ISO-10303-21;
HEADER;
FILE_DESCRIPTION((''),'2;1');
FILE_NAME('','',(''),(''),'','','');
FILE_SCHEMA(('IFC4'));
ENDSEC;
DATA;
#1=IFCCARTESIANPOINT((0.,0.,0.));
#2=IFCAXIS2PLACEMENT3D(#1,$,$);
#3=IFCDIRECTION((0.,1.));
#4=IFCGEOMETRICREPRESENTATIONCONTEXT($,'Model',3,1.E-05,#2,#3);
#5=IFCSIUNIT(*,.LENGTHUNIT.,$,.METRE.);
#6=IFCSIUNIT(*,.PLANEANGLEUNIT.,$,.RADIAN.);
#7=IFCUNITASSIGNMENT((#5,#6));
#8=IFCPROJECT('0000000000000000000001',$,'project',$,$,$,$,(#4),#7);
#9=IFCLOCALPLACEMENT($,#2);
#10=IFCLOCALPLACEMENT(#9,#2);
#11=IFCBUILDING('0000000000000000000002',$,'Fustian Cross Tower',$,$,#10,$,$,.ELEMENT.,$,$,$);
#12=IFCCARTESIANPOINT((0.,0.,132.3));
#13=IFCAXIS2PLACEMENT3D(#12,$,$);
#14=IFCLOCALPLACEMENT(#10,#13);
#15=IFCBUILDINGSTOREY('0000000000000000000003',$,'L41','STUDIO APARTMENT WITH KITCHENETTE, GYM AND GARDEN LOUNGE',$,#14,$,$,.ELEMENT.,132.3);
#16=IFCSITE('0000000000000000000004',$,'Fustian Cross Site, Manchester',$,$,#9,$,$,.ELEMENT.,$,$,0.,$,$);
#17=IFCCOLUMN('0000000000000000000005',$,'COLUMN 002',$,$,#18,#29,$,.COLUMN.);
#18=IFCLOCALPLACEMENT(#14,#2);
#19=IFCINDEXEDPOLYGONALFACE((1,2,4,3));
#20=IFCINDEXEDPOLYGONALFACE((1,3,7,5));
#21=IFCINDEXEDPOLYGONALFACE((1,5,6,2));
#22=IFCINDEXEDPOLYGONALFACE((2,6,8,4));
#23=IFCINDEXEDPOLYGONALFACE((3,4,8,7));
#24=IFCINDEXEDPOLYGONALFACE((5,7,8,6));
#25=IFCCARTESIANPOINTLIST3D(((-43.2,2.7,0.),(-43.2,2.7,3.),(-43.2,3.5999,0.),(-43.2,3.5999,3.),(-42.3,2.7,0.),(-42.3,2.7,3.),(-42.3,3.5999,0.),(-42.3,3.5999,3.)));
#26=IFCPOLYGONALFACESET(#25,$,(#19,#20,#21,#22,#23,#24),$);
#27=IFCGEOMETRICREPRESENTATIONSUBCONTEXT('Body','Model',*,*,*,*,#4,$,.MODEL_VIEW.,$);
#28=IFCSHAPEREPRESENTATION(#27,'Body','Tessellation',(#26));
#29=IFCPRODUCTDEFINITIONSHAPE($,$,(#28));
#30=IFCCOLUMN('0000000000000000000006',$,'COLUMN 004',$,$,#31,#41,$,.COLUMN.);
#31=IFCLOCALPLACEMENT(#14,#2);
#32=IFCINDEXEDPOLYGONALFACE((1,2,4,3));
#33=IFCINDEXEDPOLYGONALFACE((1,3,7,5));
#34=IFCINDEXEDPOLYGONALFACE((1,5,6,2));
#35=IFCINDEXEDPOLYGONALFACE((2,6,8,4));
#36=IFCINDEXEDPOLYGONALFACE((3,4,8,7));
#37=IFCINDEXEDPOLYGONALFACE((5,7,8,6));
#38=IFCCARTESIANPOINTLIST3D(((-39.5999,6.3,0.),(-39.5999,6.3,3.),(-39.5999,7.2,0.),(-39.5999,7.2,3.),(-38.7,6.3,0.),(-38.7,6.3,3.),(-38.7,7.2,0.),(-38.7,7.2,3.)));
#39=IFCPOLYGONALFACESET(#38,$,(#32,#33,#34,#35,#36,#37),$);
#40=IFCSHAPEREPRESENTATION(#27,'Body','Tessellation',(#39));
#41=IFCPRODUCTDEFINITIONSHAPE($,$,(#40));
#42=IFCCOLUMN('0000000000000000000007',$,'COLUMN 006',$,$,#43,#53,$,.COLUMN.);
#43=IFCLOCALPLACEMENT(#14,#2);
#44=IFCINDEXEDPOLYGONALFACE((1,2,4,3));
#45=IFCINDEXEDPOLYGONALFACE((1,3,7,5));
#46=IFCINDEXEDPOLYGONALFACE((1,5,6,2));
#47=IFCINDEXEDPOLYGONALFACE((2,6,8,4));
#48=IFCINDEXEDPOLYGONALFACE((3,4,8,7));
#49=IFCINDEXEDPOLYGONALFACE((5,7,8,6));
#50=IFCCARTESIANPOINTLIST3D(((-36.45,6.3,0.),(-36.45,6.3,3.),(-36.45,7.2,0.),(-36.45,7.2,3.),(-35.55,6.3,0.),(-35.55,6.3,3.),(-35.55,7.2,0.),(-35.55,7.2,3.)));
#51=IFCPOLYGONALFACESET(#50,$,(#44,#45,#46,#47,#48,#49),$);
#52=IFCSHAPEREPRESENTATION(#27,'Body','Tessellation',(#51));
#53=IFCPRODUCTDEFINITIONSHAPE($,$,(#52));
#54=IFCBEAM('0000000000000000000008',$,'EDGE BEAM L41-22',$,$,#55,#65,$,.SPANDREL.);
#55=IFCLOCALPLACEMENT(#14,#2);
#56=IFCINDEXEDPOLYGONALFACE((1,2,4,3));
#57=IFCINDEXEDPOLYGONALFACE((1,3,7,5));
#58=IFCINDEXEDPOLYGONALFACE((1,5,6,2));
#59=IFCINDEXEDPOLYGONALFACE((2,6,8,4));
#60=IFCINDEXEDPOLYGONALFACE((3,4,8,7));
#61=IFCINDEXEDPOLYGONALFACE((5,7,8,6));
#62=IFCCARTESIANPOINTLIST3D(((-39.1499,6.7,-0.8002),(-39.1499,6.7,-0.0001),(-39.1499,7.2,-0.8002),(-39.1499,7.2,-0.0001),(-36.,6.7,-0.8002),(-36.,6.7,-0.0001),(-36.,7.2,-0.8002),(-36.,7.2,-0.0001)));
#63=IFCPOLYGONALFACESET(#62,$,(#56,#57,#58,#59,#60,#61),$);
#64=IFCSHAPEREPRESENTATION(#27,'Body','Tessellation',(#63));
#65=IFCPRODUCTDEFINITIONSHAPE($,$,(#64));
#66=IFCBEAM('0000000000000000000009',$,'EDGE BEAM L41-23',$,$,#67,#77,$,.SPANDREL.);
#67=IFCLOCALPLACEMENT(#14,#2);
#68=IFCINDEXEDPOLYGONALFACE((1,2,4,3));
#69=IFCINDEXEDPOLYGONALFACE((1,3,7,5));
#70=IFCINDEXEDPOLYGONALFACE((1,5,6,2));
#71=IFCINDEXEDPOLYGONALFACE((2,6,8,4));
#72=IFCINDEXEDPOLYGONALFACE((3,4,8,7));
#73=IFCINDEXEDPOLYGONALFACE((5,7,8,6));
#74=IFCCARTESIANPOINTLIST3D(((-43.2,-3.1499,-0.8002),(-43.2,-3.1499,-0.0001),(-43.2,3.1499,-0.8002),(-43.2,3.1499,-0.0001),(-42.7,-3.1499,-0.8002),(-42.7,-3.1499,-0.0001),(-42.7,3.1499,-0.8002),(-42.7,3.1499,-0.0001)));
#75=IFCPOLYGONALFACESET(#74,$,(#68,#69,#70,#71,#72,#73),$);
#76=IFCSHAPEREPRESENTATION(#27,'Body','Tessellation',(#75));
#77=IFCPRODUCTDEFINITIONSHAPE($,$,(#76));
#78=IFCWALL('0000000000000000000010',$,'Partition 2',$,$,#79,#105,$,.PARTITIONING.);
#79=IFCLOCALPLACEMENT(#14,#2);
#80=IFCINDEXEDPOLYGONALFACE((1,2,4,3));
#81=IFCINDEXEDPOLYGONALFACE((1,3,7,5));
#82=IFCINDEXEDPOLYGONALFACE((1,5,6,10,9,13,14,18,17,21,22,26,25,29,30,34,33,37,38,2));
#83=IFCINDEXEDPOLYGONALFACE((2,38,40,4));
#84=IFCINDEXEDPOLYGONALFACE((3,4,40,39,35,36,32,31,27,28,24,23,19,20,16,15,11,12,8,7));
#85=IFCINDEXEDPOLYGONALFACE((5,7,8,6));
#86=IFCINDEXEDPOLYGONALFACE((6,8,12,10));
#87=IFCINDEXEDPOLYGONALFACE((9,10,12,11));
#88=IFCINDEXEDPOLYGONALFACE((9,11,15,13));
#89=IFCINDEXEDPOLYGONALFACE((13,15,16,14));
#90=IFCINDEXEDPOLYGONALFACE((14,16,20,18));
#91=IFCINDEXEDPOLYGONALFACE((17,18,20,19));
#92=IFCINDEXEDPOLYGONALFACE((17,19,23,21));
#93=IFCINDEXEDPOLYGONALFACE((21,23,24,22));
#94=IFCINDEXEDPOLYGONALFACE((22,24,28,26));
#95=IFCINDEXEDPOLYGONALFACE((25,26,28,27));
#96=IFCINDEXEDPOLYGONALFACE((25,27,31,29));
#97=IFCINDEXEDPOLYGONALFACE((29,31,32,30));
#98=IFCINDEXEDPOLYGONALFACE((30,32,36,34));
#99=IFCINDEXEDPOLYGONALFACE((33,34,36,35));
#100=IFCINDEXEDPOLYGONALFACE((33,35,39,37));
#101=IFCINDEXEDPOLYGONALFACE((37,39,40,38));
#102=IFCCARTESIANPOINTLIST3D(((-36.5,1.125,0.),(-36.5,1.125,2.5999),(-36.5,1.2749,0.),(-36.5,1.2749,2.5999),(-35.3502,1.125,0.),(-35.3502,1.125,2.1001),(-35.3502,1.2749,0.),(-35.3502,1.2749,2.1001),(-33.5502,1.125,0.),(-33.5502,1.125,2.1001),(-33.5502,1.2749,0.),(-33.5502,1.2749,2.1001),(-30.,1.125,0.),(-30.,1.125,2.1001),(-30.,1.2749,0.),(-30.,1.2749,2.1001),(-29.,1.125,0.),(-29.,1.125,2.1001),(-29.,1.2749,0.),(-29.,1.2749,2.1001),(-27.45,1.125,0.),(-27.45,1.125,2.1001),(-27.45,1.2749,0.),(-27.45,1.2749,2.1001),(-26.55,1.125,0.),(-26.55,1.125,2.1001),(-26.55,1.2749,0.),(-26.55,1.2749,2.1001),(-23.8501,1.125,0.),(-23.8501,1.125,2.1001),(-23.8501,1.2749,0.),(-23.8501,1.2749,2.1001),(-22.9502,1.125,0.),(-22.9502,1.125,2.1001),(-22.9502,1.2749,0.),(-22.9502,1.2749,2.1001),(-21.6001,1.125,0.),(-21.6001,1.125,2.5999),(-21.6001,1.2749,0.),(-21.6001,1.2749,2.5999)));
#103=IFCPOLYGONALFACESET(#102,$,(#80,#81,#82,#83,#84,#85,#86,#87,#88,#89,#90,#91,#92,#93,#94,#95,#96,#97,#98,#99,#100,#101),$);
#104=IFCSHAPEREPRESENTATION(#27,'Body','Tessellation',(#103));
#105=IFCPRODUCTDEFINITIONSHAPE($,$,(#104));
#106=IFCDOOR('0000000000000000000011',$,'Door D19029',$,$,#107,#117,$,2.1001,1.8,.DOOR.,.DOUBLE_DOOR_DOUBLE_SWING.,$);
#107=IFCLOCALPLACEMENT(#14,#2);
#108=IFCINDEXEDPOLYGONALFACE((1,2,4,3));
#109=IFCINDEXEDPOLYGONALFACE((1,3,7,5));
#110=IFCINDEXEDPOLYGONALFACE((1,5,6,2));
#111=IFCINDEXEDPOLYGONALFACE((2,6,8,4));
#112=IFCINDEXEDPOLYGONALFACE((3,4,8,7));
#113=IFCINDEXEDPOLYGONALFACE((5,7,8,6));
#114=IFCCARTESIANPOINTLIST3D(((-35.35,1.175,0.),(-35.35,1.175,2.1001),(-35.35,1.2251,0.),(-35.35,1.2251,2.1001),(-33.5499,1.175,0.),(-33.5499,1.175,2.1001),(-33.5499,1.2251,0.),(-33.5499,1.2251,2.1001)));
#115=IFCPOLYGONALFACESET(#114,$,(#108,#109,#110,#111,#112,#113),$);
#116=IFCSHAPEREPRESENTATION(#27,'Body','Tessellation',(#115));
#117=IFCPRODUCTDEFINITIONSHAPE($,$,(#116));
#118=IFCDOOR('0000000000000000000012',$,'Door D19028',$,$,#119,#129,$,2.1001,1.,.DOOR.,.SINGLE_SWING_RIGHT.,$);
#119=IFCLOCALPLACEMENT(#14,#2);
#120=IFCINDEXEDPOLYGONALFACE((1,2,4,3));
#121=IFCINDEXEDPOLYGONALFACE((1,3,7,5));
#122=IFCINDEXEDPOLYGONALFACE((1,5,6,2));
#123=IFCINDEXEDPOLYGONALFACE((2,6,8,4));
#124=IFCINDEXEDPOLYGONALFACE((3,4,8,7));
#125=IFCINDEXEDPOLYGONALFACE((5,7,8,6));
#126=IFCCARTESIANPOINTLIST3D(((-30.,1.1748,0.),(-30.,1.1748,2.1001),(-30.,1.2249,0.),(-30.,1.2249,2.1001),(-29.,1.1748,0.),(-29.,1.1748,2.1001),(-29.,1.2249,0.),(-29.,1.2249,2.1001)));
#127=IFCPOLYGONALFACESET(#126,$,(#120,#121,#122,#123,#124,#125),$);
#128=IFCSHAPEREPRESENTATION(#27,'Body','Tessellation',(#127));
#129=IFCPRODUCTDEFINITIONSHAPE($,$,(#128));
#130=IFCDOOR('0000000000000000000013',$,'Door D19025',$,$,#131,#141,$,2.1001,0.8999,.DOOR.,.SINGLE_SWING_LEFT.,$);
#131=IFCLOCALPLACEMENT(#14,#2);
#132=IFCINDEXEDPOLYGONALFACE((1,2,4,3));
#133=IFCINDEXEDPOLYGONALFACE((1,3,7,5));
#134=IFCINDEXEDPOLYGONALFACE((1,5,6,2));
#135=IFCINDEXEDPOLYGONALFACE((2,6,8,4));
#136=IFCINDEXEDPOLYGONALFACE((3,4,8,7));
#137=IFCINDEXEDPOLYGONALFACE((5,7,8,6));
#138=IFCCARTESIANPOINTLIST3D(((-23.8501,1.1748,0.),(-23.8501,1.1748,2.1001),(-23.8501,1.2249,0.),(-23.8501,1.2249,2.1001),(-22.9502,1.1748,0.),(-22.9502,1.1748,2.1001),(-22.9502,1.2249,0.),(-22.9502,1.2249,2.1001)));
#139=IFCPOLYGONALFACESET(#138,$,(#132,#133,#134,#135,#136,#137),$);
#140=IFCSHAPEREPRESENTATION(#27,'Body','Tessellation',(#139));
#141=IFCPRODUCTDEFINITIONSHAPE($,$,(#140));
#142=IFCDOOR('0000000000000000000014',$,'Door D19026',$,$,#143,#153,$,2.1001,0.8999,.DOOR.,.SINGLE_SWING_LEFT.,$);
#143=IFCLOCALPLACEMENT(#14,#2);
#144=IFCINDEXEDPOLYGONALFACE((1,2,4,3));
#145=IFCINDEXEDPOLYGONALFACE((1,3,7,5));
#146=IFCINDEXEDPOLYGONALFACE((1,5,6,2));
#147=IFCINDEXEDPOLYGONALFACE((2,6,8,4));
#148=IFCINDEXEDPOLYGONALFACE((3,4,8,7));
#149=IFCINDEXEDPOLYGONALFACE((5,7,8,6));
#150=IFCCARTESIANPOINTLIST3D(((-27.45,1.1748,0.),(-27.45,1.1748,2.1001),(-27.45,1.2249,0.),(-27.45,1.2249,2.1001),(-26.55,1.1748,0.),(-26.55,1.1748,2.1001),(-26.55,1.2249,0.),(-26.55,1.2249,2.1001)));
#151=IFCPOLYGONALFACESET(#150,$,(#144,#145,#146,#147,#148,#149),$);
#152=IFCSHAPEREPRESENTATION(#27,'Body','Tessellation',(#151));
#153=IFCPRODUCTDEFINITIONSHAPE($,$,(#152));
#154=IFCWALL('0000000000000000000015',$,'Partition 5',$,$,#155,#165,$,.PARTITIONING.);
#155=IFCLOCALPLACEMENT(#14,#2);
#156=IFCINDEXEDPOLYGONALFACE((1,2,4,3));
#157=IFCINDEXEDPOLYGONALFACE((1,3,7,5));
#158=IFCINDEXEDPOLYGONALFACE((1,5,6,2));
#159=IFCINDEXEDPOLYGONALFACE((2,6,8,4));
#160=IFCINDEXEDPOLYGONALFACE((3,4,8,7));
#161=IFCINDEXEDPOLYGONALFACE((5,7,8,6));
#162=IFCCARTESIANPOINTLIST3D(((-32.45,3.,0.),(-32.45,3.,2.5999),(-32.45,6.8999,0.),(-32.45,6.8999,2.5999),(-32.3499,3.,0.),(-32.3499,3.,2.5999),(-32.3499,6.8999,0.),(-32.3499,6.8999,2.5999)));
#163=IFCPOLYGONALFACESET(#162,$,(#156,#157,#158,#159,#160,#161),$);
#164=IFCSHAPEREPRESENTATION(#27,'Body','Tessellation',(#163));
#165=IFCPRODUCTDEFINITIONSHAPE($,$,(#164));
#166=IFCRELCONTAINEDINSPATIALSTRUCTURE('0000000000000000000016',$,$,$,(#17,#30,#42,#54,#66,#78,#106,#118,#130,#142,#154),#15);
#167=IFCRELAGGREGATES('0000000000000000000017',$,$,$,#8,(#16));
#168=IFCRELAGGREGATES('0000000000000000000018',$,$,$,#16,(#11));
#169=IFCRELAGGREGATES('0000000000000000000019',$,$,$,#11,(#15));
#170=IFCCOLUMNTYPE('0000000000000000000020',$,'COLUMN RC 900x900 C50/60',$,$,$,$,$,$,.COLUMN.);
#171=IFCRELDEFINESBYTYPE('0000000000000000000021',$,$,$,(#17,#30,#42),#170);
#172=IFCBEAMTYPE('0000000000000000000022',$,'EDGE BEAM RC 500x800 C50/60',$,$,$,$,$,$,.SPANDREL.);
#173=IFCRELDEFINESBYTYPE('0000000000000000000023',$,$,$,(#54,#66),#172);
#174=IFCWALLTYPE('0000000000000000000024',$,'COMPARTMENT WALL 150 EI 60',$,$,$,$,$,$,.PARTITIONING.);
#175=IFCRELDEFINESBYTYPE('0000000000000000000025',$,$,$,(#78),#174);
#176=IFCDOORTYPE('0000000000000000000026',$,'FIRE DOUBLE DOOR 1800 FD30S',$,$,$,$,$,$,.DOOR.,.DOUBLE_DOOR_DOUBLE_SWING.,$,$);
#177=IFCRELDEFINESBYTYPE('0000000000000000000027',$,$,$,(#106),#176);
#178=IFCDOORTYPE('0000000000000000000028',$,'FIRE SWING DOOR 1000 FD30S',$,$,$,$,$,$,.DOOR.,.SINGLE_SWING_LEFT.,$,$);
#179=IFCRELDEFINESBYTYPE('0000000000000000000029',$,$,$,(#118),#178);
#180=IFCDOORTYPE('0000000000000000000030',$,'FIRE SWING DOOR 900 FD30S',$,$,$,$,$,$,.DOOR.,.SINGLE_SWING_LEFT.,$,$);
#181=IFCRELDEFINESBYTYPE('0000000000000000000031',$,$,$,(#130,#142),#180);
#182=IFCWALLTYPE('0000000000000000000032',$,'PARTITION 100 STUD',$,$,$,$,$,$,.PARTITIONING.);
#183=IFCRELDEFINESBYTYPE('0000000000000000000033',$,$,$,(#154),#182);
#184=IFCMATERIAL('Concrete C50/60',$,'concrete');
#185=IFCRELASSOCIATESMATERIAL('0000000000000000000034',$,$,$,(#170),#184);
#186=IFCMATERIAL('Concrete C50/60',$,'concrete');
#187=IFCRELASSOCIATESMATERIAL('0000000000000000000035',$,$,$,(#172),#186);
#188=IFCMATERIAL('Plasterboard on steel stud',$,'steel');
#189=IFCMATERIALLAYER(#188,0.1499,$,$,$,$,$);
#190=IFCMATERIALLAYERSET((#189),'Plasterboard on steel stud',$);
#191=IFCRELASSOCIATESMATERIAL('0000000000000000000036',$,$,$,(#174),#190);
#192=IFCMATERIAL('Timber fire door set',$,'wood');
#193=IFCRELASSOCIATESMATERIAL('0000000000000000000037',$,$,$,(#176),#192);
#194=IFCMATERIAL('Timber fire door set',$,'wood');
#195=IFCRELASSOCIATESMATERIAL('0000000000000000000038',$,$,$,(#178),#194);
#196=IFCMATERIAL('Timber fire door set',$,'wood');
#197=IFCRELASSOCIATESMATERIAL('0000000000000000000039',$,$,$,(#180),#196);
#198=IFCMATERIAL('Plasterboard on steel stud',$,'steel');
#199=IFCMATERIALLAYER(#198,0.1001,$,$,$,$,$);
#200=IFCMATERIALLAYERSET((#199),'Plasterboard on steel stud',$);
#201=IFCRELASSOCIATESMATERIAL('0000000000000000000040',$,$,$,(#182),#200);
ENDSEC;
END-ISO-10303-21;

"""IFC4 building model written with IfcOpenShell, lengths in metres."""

from ifc_helpers import new_model, si_unit, direction, frame, frame_2d, origin, origin_2d, place, context, subcontext, project, spatial, rectangle, extrude, material, layer, layer_set, material_profile, profile_set, type_object, element, fill, save


model = new_model("IFC4")

# Units and contexts
model_context = context("Model", 3, precision=1e-05, world=origin(), true_north=direction((0.0, 1.0)))
body_context = subcontext(model_context, "Body", "Model", "MODEL_VIEW")
ifc_project = project(units=[si_unit("LENGTHUNIT", "METRE"), si_unit("PLANEANGLEUNIT", "RADIAN")], contexts=[model_context])

# Site, building, storey
site_placement = place(None, origin())
site = spatial("IfcSite", under=ifc_project, at=site_placement, Name="Fustian Cross Site, Manchester", CompositionType="ELEMENT", RefElevation=0.0)
building_placement = place(site_placement, origin())
building = spatial("IfcBuilding", under=site, at=building_placement, Name="Fustian Cross Tower", CompositionType="ELEMENT")
storey_placement = place(building_placement, frame((0.0, 0.0, 132.3)))
storey = spatial("IfcBuildingStorey", under=building, at=storey_placement, Name="L41", Description="STUDIO APARTMENT WITH KITCHENETTE, GYM AND GARDEN LOUNGE", CompositionType="ELEMENT", Elevation=132.3)

# Columns
ifc_material_1 = material(Name="Concrete C50/60", Category="concrete")
ifc_material_profile_1 = material_profile(ifc_material_1, rectangle(XDim=0.8999, YDim=0.8999, at=origin_2d()), Name="RC 900x900")
ifc_profile_set_1 = profile_set([ifc_material_profile_1], Name="Concrete C50/60")
column_type = type_object("IfcColumnType", Name="COLUMN RC 900x900 C50/60", PredefinedType="COLUMN", material=ifc_profile_set_1)
for number, where, z_axis, x_axis, name in (
    (1, (-42.75, 3.1499, 0.0), (0.0, 0.0, 1.0), (1.0, 0.0, 0.0), "COLUMN 002"),
    (2, (-39.1499, 6.75, 0.0), (0.0, 0.0, 1.0), (1.0, 0.0, 0.0), "COLUMN 004"),
    (3, (-36.0, 6.75, 0.0), (0.0, 0.0, 1.0), (1.0, 0.0, 0.0), "COLUMN 006"),
):
    element("IfcColumn", number, at=place(storey_placement, frame(where, z_axis=z_axis, x_axis=x_axis)), inside=storey, type_object=column_type, Name=name, PredefinedType="COLUMN", context=body_context, shape_type="SweptSolid", body=[
        extrude(rectangle(XDim=0.8999, YDim=0.8999, at=origin_2d()), origin(), (0.0, 0.0, 1.0), 3.0),
    ])

# Beams
ifc_material_2 = material(Name="Concrete C50/60", Category="concrete")
ifc_material_profile_2 = material_profile(ifc_material_2, rectangle(XDim=0.5, YDim=0.8, at=origin_2d()), Name="RC 500x800")
ifc_profile_set_2 = profile_set([ifc_material_profile_2], Name="Concrete C50/60")
beam_type = type_object("IfcBeamType", Name="EDGE BEAM RC 500x800 C50/60", PredefinedType="SPANDREL", material=ifc_profile_set_2)
beam_1_placement = place(storey_placement, frame((-36.0, 6.95, -0.4001), z_axis=(-1.0, 0.0, 0.0), x_axis=(0.0, -1.0, 0.0)))
element("IfcBeam", 4, at=beam_1_placement, inside=storey, type_object=beam_type, Name="EDGE BEAM L41-22", PredefinedType="SPANDREL", context=body_context, shape_type="SweptSolid", body=[
    extrude(rectangle(XDim=0.5, YDim=0.8, at=origin_2d()), origin(), (0.0, 0.0, 1.0), 3.1499),
])
beam_2_placement = place(storey_placement, frame((-42.95, 3.1499, -0.4001), z_axis=(0.0, -1.0, 0.0), x_axis=(1.0, 0.0, 0.0)))
element("IfcBeam", 5, at=beam_2_placement, inside=storey, type_object=beam_type, Name="EDGE BEAM L41-23", PredefinedType="SPANDREL", context=body_context, shape_type="SweptSolid", body=[
    extrude(rectangle(XDim=0.5, YDim=0.8, at=origin_2d()), origin(), (0.0, 0.0, 1.0), 6.2998),
])

# Wall, openings, doors
ifc_material_3 = material(Name="Plasterboard on steel stud", Category="steel")
ifc_layer_1 = layer(ifc_material_3, 0.1499)
ifc_layer_set_1 = layer_set([ifc_layer_1], Name="Plasterboard on steel stud")
wall_type_1 = type_object("IfcWallType", Name="COMPARTMENT WALL 150 EI 60", PredefinedType="PARTITIONING", material=ifc_layer_set_1)
wall_1_placement = place(storey_placement, frame((-36.5, 1.2, 0.0), z_axis=(0.0, 0.0, 1.0), x_axis=(1.0, 0.0, 0.0)))
wall_1 = element("IfcWall", 6, at=wall_1_placement, inside=storey, type_object=wall_type_1, Name="Partition 2", PredefinedType="PARTITIONING", context=body_context, shape_type="SweptSolid", body=[
    extrude(rectangle(XDim=14.8999, YDim=0.1499, at=frame_2d((7.45, 0.0))), origin(), (0.0, 0.0, 1.0), 2.5999),
])
opening_1_placement = place(wall_1_placement, frame((12.6499, 0.0, 0.0)))
opening_1 = element("IfcOpeningElement", 7, at=opening_1_placement, cuts=wall_1, PredefinedType="OPENING", context=body_context, shape_type="SweptSolid", body=[
    extrude(rectangle(XDim=0.8999, YDim=2.1001, at=frame_2d((0.45, 1.05))), frame((0.0, 0.085, 0.0), z_axis=(0.0, -1.0, 0.0), x_axis=(1.0, 0.0, 0.0)), (0.0, 0.0, 1.0), 0.1699),
])
opening_2_placement = place(wall_1_placement, frame((9.05, 0.0, 0.0)))
opening_2 = element("IfcOpeningElement", 8, at=opening_2_placement, cuts=wall_1, PredefinedType="OPENING", context=body_context, shape_type="SweptSolid", body=[
    extrude(rectangle(XDim=0.8999, YDim=2.1001, at=frame_2d((0.45, 1.05))), frame((0.0, 0.085, 0.0), z_axis=(0.0, -1.0, 0.0), x_axis=(1.0, 0.0, 0.0)), (0.0, 0.0, 1.0), 0.1699),
])
opening_3_placement = place(wall_1_placement, frame((6.5, 0.0, 0.0)))
opening_3 = element("IfcOpeningElement", 9, at=opening_3_placement, cuts=wall_1, PredefinedType="OPENING", context=body_context, shape_type="SweptSolid", body=[
    extrude(rectangle(XDim=1.0, YDim=2.1001, at=frame_2d((0.5, 1.05))), frame((0.0, 0.085, 0.0), z_axis=(0.0, -1.0, 0.0), x_axis=(1.0, 0.0, 0.0)), (0.0, 0.0, 1.0), 0.1699),
])
opening_4_placement = place(wall_1_placement, frame((1.1499, 0.0, 0.0)))
opening_4 = element("IfcOpeningElement", 10, at=opening_4_placement, cuts=wall_1, PredefinedType="OPENING", context=body_context, shape_type="SweptSolid", body=[
    extrude(rectangle(XDim=1.8, YDim=2.1001, at=frame_2d((0.8999, 1.05))), frame((0.0, 0.085, 0.0), z_axis=(0.0, -1.0, 0.0), x_axis=(1.0, 0.0, 0.0)), (0.0, 0.0, 1.0), 0.1699),
])
ifc_material_4 = material(Name="Timber fire door set", Category="wood")
door_type_1 = type_object("IfcDoorType", Name="FIRE DOUBLE DOOR 1800 FD30S", OperationType="DOUBLE_DOOR_DOUBLE_SWING", PredefinedType="DOOR", material=ifc_material_4)
door_1_placement = place(opening_4_placement, frame((1.8, 0.0, 0.0), z_axis=(0.0, 0.0, 1.0), x_axis=(-1.0, 0.0, 0.0)))
door_1 = element("IfcDoor", 11, at=door_1_placement, inside=storey, type_object=door_type_1, Name="Door D19029", OperationType="DOUBLE_DOOR_DOUBLE_SWING", OverallHeight=2.1001, OverallWidth=1.8, PredefinedType="DOOR", context=body_context, shape_type="SweptSolid", body=[
    extrude(rectangle(XDim=1.8, YDim=2.1001, at=frame_2d((0.8999, 1.05))), frame((0.0, 0.0249, 0.0), z_axis=(0.0, -1.0, 0.0), x_axis=(1.0, 0.0, 0.0)), (0.0, 0.0, 1.0), 0.05),
])
fill(opening_4, door_1)
ifc_material_5 = material(Name="Timber fire door set", Category="wood")
door_type_2 = type_object("IfcDoorType", Name="FIRE SWING DOOR 1000 FD30S", OperationType="SINGLE_SWING_LEFT", PredefinedType="DOOR", material=ifc_material_5)
door_2_placement = place(opening_3_placement, origin())
door_2 = element("IfcDoor", 12, at=door_2_placement, inside=storey, type_object=door_type_2, Name="Door D19028", OperationType="SINGLE_SWING_RIGHT", OverallHeight=2.1001, OverallWidth=1.0, PredefinedType="DOOR", context=body_context, shape_type="SweptSolid", body=[
    extrude(rectangle(XDim=1.0, YDim=2.1001, at=frame_2d((0.5, 1.05))), frame((0.0, 0.0249, 0.0), z_axis=(0.0, -1.0, 0.0), x_axis=(1.0, 0.0, 0.0)), (0.0, 0.0, 1.0), 0.05),
])
fill(opening_3, door_2)
ifc_material_6 = material(Name="Timber fire door set", Category="wood")
door_type_3 = type_object("IfcDoorType", Name="FIRE SWING DOOR 900 FD30S", OperationType="SINGLE_SWING_LEFT", PredefinedType="DOOR", material=ifc_material_6)
door_3_placement = place(opening_1_placement, origin())
door_3 = element("IfcDoor", 13, at=door_3_placement, inside=storey, type_object=door_type_3, Name="Door D19025", OperationType="SINGLE_SWING_LEFT", OverallHeight=2.1001, OverallWidth=0.8999, PredefinedType="DOOR", context=body_context, shape_type="SweptSolid", body=[
    extrude(rectangle(XDim=0.8999, YDim=2.1001, at=frame_2d((0.45, 1.05))), frame((0.0, 0.0249, 0.0), z_axis=(0.0, -1.0, 0.0), x_axis=(1.0, 0.0, 0.0)), (0.0, 0.0, 1.0), 0.05),
])
fill(opening_1, door_3)
door_4_placement = place(opening_2_placement, origin())
door_4 = element("IfcDoor", 14, at=door_4_placement, inside=storey, type_object=door_type_3, Name="Door D19026", OperationType="SINGLE_SWING_LEFT", OverallHeight=2.1001, OverallWidth=0.8999, PredefinedType="DOOR", context=body_context, shape_type="SweptSolid", body=[
    extrude(rectangle(XDim=0.8999, YDim=2.1001, at=frame_2d((0.45, 1.05))), frame((0.0, 0.0249, 0.0), z_axis=(0.0, -1.0, 0.0), x_axis=(1.0, 0.0, 0.0)), (0.0, 0.0, 1.0), 0.05),
])
fill(opening_2, door_4)

# Wall
ifc_material_7 = material(Name="Plasterboard on steel stud", Category="steel")
ifc_layer_2 = layer(ifc_material_7, 0.1001)
ifc_layer_set_2 = layer_set([ifc_layer_2], Name="Plasterboard on steel stud")
wall_type_2 = type_object("IfcWallType", Name="PARTITION 100 STUD", PredefinedType="PARTITIONING", material=ifc_layer_set_2)
wall_2_placement = place(storey_placement, frame((-32.3999, 3.0, 0.0), z_axis=(0.0, 0.0, 1.0), x_axis=(0.0, 1.0, 0.0)))
element("IfcWall", 15, at=wall_2_placement, inside=storey, type_object=wall_type_2, Name="Partition 5", PredefinedType="PARTITIONING", context=body_context, shape_type="SweptSolid", body=[
    extrude(rectangle(XDim=3.8999, YDim=0.1001, at=frame_2d((1.95, 0.0))), origin(), (0.0, 0.0, 1.0), 2.5999),
])

save(model, "model.ifc")
